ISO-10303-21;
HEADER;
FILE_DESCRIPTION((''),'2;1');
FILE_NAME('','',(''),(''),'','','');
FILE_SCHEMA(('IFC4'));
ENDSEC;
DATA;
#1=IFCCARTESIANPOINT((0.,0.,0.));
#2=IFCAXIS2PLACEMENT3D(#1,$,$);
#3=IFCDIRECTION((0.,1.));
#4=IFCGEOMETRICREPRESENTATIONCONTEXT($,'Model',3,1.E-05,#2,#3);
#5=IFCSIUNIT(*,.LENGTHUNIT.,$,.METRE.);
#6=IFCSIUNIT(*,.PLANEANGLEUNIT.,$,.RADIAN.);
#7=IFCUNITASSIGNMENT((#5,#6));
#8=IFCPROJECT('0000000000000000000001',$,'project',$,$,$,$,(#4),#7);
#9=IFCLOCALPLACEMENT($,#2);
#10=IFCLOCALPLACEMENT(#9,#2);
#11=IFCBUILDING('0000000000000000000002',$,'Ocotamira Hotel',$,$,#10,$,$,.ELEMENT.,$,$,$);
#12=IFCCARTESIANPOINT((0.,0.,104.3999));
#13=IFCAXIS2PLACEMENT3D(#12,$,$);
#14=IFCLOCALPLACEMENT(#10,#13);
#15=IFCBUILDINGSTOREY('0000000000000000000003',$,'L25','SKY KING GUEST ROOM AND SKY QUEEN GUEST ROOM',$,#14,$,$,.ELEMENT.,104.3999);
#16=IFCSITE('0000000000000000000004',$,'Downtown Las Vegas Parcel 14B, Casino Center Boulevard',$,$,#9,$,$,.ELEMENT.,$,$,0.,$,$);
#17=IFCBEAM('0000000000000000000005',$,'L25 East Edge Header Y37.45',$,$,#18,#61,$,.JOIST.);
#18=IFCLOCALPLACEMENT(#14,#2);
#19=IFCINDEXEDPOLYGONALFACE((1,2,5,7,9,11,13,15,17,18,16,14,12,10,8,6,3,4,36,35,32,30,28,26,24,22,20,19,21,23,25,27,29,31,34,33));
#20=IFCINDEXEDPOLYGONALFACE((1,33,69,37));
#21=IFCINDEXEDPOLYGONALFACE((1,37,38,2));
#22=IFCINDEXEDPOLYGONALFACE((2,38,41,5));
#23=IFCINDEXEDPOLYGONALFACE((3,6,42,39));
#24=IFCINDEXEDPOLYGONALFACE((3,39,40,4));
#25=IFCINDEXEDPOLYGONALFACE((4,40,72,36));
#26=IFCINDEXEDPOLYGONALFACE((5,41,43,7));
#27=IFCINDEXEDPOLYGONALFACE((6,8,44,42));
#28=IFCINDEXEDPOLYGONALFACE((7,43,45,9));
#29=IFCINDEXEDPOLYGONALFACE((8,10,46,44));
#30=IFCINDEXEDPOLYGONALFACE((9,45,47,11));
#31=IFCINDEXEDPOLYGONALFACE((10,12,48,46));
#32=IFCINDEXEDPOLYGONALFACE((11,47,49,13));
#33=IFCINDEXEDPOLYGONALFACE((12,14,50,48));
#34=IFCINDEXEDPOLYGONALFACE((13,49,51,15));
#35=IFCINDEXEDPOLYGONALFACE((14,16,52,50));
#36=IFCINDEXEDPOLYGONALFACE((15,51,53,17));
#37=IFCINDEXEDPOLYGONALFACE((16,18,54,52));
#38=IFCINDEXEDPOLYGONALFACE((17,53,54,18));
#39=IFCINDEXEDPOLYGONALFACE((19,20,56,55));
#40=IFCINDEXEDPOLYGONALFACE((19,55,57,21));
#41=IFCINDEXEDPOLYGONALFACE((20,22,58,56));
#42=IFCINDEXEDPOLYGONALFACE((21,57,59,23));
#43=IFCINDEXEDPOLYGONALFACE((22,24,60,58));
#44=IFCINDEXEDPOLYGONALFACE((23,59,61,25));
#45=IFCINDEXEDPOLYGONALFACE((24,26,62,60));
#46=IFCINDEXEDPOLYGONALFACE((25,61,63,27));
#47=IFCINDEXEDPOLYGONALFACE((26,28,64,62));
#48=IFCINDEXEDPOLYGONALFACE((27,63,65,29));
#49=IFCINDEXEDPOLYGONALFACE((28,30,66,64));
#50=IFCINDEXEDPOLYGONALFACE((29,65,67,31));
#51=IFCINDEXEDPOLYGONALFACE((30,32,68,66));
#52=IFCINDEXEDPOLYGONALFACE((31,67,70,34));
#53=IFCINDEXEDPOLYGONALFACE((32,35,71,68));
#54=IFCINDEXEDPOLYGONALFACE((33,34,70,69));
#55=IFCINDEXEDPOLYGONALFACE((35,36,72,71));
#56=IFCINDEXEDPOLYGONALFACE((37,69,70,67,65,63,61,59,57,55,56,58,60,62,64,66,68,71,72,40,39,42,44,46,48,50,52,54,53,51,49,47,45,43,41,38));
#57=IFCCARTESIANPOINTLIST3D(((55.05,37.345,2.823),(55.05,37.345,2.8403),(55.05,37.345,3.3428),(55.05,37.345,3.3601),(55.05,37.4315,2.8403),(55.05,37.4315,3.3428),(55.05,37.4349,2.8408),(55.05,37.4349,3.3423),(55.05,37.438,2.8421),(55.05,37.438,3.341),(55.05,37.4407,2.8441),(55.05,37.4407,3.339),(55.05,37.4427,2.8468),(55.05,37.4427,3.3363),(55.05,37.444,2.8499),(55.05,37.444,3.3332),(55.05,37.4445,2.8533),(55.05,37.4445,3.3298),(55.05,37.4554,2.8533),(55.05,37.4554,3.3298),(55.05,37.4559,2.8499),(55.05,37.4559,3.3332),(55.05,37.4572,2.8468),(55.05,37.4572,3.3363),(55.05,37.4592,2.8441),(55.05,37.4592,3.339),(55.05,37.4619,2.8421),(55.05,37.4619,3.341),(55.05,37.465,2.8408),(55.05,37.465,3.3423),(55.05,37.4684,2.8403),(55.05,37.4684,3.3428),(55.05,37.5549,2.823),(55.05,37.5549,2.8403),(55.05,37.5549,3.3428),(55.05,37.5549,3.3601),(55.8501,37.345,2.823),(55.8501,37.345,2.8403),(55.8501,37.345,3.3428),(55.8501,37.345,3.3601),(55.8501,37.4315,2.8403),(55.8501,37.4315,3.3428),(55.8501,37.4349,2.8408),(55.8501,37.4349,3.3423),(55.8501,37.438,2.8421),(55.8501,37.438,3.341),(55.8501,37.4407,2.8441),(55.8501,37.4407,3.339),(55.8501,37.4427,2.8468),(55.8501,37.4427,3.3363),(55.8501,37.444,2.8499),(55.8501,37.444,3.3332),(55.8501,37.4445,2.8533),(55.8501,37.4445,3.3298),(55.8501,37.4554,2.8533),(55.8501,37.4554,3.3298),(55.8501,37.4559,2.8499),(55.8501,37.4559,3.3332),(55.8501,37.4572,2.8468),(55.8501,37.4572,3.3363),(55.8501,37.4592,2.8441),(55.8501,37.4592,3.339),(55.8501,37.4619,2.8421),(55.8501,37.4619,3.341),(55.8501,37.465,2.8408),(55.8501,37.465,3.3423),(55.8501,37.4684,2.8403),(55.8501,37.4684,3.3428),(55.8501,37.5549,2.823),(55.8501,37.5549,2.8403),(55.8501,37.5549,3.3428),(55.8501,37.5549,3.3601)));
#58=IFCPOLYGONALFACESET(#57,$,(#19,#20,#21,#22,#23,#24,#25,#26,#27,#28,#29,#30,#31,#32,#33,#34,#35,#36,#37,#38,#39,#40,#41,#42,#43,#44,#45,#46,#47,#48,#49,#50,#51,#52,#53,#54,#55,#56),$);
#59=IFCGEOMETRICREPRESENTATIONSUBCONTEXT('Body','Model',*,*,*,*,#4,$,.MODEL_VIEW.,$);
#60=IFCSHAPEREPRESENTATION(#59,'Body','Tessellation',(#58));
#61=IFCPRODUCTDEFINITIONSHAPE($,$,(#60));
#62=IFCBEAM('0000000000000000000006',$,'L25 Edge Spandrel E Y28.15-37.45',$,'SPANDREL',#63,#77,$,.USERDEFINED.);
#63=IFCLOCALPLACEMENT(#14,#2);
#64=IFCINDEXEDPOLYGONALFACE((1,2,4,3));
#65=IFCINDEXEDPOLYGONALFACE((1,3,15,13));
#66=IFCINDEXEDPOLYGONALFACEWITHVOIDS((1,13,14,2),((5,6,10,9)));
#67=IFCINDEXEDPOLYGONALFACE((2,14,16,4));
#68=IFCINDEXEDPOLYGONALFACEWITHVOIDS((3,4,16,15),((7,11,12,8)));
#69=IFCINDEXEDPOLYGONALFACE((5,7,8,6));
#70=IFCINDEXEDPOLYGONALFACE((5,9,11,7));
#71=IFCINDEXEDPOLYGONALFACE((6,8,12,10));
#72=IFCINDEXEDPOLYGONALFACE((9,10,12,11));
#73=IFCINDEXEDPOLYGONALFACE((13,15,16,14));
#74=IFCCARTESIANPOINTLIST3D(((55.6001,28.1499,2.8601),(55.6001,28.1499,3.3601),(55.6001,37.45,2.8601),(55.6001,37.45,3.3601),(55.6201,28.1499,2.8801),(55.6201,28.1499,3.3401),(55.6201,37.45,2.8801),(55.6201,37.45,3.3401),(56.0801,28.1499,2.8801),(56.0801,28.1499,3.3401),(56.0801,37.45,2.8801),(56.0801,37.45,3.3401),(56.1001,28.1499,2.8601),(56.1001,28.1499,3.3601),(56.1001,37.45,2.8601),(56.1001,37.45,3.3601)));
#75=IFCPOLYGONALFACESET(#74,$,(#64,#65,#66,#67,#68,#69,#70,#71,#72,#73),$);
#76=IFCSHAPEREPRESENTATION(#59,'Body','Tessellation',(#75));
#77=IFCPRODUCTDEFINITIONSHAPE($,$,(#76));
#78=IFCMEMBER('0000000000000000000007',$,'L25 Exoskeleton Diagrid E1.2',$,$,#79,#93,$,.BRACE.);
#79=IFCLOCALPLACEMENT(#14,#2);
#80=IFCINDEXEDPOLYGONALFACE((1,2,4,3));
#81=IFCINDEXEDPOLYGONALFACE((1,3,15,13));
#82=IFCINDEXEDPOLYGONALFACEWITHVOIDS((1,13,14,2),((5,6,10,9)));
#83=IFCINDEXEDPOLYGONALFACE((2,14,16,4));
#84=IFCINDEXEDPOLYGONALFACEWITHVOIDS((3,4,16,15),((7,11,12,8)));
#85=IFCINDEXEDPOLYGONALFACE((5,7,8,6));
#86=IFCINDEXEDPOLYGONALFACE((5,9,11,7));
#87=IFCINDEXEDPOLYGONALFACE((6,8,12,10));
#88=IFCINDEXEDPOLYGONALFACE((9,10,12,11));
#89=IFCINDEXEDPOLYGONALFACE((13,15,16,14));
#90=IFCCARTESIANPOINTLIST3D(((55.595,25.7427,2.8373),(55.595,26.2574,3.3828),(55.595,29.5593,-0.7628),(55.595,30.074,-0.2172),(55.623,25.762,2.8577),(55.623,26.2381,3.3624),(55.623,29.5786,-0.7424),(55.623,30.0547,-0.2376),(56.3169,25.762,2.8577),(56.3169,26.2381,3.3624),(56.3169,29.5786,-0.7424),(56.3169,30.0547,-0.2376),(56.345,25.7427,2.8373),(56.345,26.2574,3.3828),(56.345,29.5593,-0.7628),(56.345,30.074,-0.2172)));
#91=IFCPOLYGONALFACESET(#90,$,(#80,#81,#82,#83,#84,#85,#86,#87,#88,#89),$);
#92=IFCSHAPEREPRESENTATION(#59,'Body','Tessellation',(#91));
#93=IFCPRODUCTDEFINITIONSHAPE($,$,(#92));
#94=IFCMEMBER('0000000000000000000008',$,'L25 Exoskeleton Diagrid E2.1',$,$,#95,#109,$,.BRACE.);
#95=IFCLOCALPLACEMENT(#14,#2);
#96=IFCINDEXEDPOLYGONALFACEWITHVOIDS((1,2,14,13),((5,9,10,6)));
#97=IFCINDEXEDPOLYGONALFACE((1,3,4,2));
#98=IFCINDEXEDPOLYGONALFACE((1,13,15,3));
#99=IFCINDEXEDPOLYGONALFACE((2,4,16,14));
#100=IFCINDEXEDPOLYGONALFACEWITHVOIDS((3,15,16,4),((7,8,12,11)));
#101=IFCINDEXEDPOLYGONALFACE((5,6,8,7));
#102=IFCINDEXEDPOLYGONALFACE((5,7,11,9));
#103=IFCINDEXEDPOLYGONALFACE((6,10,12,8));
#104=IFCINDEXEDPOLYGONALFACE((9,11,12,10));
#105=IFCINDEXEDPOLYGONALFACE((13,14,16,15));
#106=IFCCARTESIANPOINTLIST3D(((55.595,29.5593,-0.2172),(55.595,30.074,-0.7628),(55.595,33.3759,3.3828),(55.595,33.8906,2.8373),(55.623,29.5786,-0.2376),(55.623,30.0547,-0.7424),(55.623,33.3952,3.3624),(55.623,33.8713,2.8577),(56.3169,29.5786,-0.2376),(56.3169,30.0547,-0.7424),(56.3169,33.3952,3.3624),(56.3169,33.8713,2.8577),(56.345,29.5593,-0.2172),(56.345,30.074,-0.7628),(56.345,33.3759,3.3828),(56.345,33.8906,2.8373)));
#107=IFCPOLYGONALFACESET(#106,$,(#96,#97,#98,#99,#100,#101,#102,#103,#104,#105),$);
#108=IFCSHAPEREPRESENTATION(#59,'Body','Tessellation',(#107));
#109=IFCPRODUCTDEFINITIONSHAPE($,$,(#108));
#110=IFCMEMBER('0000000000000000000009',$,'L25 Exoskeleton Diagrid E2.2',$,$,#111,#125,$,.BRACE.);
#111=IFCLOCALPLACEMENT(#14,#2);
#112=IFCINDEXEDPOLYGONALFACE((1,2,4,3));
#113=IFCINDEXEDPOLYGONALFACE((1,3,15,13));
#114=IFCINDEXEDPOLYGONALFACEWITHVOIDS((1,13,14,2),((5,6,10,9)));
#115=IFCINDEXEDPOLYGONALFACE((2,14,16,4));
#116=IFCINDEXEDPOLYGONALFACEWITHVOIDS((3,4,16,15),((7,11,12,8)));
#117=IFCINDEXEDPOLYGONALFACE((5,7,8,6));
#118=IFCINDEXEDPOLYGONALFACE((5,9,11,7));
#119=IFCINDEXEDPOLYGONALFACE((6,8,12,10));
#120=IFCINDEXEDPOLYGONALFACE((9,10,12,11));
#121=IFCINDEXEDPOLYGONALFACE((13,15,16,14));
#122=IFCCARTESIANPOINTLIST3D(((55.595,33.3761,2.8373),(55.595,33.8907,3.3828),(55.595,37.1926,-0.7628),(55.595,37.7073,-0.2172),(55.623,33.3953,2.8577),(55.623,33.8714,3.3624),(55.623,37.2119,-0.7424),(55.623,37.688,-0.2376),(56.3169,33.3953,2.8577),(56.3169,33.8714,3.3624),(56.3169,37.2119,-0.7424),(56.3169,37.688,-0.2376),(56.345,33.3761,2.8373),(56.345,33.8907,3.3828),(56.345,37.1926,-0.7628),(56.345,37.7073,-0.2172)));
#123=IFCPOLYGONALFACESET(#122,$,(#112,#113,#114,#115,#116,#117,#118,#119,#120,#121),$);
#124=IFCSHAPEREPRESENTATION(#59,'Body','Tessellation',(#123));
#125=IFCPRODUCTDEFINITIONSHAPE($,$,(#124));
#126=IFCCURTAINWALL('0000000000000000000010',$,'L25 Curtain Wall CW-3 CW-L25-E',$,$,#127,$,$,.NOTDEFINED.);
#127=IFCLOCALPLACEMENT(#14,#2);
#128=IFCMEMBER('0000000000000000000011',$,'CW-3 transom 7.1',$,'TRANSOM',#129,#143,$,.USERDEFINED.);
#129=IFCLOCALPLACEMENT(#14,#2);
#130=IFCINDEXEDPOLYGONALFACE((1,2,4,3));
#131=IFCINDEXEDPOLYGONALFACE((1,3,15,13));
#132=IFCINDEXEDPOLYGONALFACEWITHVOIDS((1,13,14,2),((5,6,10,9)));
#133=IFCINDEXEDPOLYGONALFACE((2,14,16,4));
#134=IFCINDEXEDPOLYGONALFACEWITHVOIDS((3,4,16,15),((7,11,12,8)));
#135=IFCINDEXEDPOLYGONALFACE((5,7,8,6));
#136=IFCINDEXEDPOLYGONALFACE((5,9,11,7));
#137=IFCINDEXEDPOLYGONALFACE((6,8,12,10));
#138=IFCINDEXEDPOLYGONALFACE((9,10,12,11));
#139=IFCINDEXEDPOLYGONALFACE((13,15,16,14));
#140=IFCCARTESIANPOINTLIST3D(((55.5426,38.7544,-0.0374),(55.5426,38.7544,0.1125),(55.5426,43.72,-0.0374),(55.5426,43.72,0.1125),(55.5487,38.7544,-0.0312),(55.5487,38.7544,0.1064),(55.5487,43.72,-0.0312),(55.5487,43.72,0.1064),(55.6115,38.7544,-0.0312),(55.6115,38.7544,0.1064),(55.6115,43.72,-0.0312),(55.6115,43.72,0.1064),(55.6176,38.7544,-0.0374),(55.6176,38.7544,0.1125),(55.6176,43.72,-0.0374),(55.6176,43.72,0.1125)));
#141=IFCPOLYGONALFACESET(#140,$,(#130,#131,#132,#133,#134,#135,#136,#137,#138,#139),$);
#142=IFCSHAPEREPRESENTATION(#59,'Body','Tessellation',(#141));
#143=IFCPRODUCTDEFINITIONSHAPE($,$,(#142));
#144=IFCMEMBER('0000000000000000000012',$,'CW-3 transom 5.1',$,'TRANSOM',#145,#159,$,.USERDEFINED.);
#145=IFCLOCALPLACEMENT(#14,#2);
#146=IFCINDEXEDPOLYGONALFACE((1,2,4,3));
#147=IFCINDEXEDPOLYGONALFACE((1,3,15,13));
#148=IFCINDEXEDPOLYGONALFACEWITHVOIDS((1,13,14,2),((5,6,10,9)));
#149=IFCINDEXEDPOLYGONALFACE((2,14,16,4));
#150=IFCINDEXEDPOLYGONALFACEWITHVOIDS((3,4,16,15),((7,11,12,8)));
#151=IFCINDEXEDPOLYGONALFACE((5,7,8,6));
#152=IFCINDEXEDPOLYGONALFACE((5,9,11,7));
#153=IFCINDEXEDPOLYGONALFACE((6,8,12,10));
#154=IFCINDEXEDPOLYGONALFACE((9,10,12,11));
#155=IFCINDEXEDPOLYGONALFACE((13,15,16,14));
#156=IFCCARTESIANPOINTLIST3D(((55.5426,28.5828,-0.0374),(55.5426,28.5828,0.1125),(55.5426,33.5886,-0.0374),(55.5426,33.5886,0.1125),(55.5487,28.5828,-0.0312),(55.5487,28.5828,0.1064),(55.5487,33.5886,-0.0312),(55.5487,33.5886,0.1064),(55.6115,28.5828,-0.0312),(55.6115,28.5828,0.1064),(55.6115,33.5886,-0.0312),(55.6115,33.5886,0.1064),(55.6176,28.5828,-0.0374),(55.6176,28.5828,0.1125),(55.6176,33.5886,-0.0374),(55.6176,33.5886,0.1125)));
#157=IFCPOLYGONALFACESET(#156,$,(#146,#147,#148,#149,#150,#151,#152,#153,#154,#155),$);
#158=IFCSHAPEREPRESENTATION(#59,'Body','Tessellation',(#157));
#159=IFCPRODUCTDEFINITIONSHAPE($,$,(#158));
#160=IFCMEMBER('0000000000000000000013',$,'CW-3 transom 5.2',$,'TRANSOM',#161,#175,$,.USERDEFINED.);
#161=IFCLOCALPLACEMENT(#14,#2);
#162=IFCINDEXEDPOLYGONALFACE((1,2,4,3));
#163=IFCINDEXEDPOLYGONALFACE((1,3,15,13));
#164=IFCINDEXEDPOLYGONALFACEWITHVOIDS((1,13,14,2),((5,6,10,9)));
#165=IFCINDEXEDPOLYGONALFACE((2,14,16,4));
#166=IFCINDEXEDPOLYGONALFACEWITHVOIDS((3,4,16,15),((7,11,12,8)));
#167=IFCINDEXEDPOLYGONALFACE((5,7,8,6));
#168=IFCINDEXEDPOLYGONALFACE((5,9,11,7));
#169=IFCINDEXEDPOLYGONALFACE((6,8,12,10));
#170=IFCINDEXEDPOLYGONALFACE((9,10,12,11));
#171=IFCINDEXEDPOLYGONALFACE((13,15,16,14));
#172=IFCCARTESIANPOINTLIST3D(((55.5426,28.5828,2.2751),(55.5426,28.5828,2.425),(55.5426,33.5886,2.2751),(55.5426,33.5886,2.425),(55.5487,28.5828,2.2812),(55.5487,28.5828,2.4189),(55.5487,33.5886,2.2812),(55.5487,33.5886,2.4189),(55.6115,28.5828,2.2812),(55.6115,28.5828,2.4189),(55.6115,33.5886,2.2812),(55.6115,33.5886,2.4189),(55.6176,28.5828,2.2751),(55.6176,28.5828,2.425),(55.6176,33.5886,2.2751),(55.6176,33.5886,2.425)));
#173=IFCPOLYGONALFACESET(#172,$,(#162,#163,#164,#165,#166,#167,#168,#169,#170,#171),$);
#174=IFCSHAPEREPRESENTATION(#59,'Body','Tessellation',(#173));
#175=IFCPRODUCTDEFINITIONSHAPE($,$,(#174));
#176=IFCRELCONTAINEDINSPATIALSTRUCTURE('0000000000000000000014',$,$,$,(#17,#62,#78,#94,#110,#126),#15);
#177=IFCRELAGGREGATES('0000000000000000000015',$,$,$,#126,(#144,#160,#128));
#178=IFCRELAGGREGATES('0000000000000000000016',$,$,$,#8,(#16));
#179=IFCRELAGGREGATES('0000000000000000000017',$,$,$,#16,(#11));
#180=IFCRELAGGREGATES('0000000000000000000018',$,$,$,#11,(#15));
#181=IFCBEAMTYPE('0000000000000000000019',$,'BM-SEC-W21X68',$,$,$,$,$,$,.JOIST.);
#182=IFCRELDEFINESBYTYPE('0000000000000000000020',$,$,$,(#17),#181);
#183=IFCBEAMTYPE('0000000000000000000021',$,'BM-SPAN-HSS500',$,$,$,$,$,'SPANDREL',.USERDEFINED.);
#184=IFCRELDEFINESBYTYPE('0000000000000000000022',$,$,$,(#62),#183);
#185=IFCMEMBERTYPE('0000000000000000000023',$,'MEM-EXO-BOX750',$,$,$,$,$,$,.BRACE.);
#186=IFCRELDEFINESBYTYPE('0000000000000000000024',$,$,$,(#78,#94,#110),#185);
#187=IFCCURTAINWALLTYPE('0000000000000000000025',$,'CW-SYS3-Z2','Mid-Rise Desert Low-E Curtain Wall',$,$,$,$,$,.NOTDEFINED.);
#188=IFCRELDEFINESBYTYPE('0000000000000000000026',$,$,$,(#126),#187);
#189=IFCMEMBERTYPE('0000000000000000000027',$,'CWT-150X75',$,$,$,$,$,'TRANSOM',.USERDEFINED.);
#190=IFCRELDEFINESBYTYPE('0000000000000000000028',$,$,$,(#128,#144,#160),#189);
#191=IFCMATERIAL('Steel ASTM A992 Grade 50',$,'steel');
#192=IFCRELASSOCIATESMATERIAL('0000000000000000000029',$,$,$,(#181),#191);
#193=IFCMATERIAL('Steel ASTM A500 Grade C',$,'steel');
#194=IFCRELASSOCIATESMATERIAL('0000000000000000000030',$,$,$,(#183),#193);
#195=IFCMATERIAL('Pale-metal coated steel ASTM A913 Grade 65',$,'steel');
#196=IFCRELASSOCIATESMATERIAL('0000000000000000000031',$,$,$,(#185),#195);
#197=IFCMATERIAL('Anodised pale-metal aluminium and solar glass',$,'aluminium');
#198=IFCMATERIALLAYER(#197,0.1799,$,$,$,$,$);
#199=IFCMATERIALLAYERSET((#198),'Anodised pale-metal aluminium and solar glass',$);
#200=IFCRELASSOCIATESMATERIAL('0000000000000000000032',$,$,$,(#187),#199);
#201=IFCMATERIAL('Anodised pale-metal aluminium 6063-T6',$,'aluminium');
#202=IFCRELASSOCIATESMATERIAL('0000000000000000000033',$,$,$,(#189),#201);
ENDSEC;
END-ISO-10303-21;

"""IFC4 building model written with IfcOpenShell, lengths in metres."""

from ifc_helpers import new_model, si_unit, direction, frame, origin, origin_2d, place, context, subcontext, project, spatial, hollow_rectangle, i_section, extrude, source, transform, mapped, material, layer, layer_set, material_profile, profile_set, type_object, element, aggregate, save


model = new_model("IFC4")

# Units and contexts
model_context = context("Model", 3, precision=1e-05, world=origin(), true_north=direction((0.0, 1.0)))
body_context = subcontext(model_context, "Body", "Model", "MODEL_VIEW")
ifc_project = project(units=[si_unit("LENGTHUNIT", "METRE"), si_unit("PLANEANGLEUNIT", "RADIAN")], contexts=[model_context])

# Site, building, storey
site_placement = place(None, origin())
site = spatial("IfcSite", under=ifc_project, at=site_placement, Name="Downtown Las Vegas Parcel 14B, Casino Center Boulevard", CompositionType="ELEMENT", RefElevation=0.0)
building_placement = place(site_placement, origin())
building = spatial("IfcBuilding", under=site, at=building_placement, Name="Ocotamira Hotel", CompositionType="ELEMENT")
storey_placement = place(building_placement, frame((0.0, 0.0, 104.3999)))
storey = spatial("IfcBuildingStorey", under=building, at=storey_placement, Name="L25", Description="SKY KING GUEST ROOM AND SKY QUEEN GUEST ROOM", CompositionType="ELEMENT", Elevation=104.3999)

# Beams
ifc_material_1 = material(Name="Steel ASTM A500 Grade C", Category="steel")
ifc_material_2 = material(Name="Steel ASTM A992 Grade 50", Category="steel")
ifc_material_profile_1 = material_profile(ifc_material_2, i_section(OverallWidth=0.21, OverallDepth=0.5371, WebThickness=0.011, FlangeThickness=0.0173, FilletRadius=0.0129, at=origin_2d()), Name="W21X68")
ifc_profile_set_1 = profile_set([ifc_material_profile_1], Name="Steel ASTM A992 Grade 50")
beam_type_1 = type_object("IfcBeamType", Name="BM-SEC-W21X68", PredefinedType="JOIST", material=ifc_profile_set_1)
shared_shape_1 = source(origin(), body_context, "Body", "SweptSolid", [
    extrude(i_section(OverallWidth=0.21, OverallDepth=0.5371, WebThickness=0.011, FlangeThickness=0.0173, FilletRadius=0.0129, at=origin_2d()), origin(), (0.0, 0.0, 1.0), 0.8),
])
for number, where, z_axis, x_axis, name in (
    (1, (55.05, 37.45, 3.0916), (1.0, 0.0, 0.0), (0.0, 1.0, 0.0), "L25 East Edge Header Y37.45"),
):
    element("IfcBeam", number, at=place(storey_placement, frame(where, z_axis=z_axis, x_axis=x_axis)), inside=storey, type_object=beam_type_1, Name=name, PredefinedType="JOIST", context=body_context, shape_type="MappedRepresentation", body=[
        mapped(shared_shape_1, transform((0.0, 0.0, 0.0), scale=1.0)),
    ])
ifc_material_profile_2 = material_profile(ifc_material_1, hollow_rectangle(XDim=0.5, YDim=0.5, WallThickness=0.02, at=origin_2d()), Name="HSS500X500X20")
ifc_profile_set_2 = profile_set([ifc_material_profile_2], Name="Steel ASTM A500 Grade C")
beam_type_2 = type_object("IfcBeamType", Name="BM-SPAN-HSS500", ElementType="SPANDREL", PredefinedType="USERDEFINED", material=ifc_profile_set_2)
shared_shape_2 = source(origin(), body_context, "Body", "SweptSolid", [
    extrude(hollow_rectangle(XDim=0.5, YDim=0.5, WallThickness=0.02, at=origin_2d()), origin(), (0.0, 0.0, 1.0), 9.3),
])
beam_1_placement = place(storey_placement, frame((55.8501, 28.1499, 3.1101), z_axis=(0.0, 1.0, 0.0), x_axis=(-1.0, 0.0, 0.0)))
element("IfcBeam", 2, at=beam_1_placement, inside=storey, type_object=beam_type_2, Name="L25 Edge Spandrel E Y28.15-37.45", ObjectType="SPANDREL", PredefinedType="USERDEFINED", context=body_context, shape_type="MappedRepresentation", body=[
    mapped(shared_shape_2, transform((0.0, 0.0, 0.0), scale=1.0)),
])

# Members
ifc_material_3 = material(Name="Pale-metal coated steel ASTM A913 Grade 65", Category="steel")
ifc_material_profile_3 = material_profile(ifc_material_3, hollow_rectangle(XDim=0.75, YDim=0.75, WallThickness=0.0281, at=origin_2d()), Name="BOX750X750X28")
ifc_profile_set_3 = profile_set([ifc_material_profile_3], Name="Pale-metal coated steel ASTM A913 Grade 65")
member_type_1 = type_object("IfcMemberType", Name="MEM-EXO-BOX750", PredefinedType="BRACE", material=ifc_profile_set_3)
shared_shape_3 = source(origin(), body_context, "Body", "SweptSolid", [
    extrude(hollow_rectangle(XDim=0.75, YDim=0.75, WallThickness=0.0281, at=origin_2d()), origin(), (0.0, 0.0, 1.0), 5.2466),
])
for number, where, z_axis, x_axis, name in (
    (3, (55.97, 29.8167, -0.49), (0.0, -0.727443, 0.686168), (1.0, 0.0, 0.0), "L25 Exoskeleton Diagrid E1.2"),
    (4, (55.97, 29.8167, -0.49), (0.0, 0.727443, 0.686168), (-1.0, 0.0, 0.0), "L25 Exoskeleton Diagrid E2.1"),
    (5, (55.97, 37.45, -0.49), (0.0, -0.727443, 0.686168), (1.0, 0.0, 0.0), "L25 Exoskeleton Diagrid E2.2"),
):
    element("IfcMember", number, at=place(storey_placement, frame(where, z_axis=z_axis, x_axis=x_axis)), inside=storey, type_object=member_type_1, Name=name, PredefinedType="BRACE", context=body_context, shape_type="MappedRepresentation", body=[
        mapped(shared_shape_3, transform((0.0, 0.0, 0.0), scale=1.0)),
    ])

# Curtain wall, members
ifc_material_4 = material(Name="Anodised pale-metal aluminium and solar glass", Category="aluminium")
ifc_layer_1 = layer(ifc_material_4, 0.1799)
ifc_layer_set_1 = layer_set([ifc_layer_1], Name="Anodised pale-metal aluminium and solar glass")
curtain_wall_type = type_object("IfcCurtainWallType", Name="CW-SYS3-Z2", Description="Mid-Rise Desert Low-E Curtain Wall", PredefinedType="NOTDEFINED", material=ifc_layer_set_1)
curtain_wall_placement = place(storey_placement, origin())
curtain_wall = element("IfcCurtainWall", 6, at=curtain_wall_placement, inside=storey, type_object=curtain_wall_type, Name="L25 Curtain Wall CW-3 CW-L25-E", PredefinedType="NOTDEFINED")
ifc_material_5 = material(Name="Anodised pale-metal aluminium 6063-T6", Category="aluminium")
ifc_material_profile_4 = material_profile(ifc_material_5, hollow_rectangle(XDim=0.075, YDim=0.1499, WallThickness=0.0061, at=origin_2d()), Name="HSS150X75X6")
ifc_profile_set_4 = profile_set([ifc_material_profile_4], Name="Anodised pale-metal aluminium 6063-T6")
member_type_2 = type_object("IfcMemberType", Name="CWT-150X75", ElementType="TRANSOM", PredefinedType="USERDEFINED", material=ifc_profile_set_4)
shared_shape_4 = source(origin(), body_context, "Body", "SweptSolid", [
    extrude(hollow_rectangle(XDim=0.075, YDim=0.1499, WallThickness=0.0061, at=origin_2d()), origin(), (0.0, 0.0, 1.0), 4.9656),
])
member_1_placement = place(storey_placement, frame((55.5801, 38.7544, 0.0376), z_axis=(0.0, 1.0, 0.0), x_axis=(-1.0, 0.0, 0.0)))
member_1 = element("IfcMember", 7, at=member_1_placement, type_object=member_type_2, Name="CW-3 transom 7.1", ObjectType="TRANSOM", PredefinedType="USERDEFINED", context=body_context, shape_type="MappedRepresentation", body=[
    mapped(shared_shape_4, transform((0.0, 0.0, 0.0), scale=1.0)),
])
shared_shape_5 = source(origin(), body_context, "Body", "SweptSolid", [
    extrude(hollow_rectangle(XDim=0.075, YDim=0.1499, WallThickness=0.0061, at=origin_2d()), origin(), (0.0, 0.0, 1.0), 5.0059),
])
member_2_placement = place(storey_placement, frame((55.5801, 28.5828, 0.0376), z_axis=(0.0, 1.0, 0.0), x_axis=(-1.0, 0.0, 0.0)))
member_2 = element("IfcMember", 8, at=member_2_placement, type_object=member_type_2, Name="CW-3 transom 5.1", ObjectType="TRANSOM", PredefinedType="USERDEFINED", context=body_context, shape_type="MappedRepresentation", body=[
    mapped(shared_shape_5, transform((0.0, 0.0, 0.0), scale=1.0)),
])
member_3_placement = place(storey_placement, frame((55.5801, 28.5828, 2.3501), z_axis=(0.0, 1.0, 0.0), x_axis=(-1.0, 0.0, 0.0)))
member_3 = element("IfcMember", 9, at=member_3_placement, type_object=member_type_2, Name="CW-3 transom 5.2", ObjectType="TRANSOM", PredefinedType="USERDEFINED", context=body_context, shape_type="MappedRepresentation", body=[
    mapped(shared_shape_5, transform((0.0, 0.0, 0.0), scale=1.0)),
])

aggregate(curtain_wall, [member_2, member_3, member_1])

save(model, "model.ifc")
